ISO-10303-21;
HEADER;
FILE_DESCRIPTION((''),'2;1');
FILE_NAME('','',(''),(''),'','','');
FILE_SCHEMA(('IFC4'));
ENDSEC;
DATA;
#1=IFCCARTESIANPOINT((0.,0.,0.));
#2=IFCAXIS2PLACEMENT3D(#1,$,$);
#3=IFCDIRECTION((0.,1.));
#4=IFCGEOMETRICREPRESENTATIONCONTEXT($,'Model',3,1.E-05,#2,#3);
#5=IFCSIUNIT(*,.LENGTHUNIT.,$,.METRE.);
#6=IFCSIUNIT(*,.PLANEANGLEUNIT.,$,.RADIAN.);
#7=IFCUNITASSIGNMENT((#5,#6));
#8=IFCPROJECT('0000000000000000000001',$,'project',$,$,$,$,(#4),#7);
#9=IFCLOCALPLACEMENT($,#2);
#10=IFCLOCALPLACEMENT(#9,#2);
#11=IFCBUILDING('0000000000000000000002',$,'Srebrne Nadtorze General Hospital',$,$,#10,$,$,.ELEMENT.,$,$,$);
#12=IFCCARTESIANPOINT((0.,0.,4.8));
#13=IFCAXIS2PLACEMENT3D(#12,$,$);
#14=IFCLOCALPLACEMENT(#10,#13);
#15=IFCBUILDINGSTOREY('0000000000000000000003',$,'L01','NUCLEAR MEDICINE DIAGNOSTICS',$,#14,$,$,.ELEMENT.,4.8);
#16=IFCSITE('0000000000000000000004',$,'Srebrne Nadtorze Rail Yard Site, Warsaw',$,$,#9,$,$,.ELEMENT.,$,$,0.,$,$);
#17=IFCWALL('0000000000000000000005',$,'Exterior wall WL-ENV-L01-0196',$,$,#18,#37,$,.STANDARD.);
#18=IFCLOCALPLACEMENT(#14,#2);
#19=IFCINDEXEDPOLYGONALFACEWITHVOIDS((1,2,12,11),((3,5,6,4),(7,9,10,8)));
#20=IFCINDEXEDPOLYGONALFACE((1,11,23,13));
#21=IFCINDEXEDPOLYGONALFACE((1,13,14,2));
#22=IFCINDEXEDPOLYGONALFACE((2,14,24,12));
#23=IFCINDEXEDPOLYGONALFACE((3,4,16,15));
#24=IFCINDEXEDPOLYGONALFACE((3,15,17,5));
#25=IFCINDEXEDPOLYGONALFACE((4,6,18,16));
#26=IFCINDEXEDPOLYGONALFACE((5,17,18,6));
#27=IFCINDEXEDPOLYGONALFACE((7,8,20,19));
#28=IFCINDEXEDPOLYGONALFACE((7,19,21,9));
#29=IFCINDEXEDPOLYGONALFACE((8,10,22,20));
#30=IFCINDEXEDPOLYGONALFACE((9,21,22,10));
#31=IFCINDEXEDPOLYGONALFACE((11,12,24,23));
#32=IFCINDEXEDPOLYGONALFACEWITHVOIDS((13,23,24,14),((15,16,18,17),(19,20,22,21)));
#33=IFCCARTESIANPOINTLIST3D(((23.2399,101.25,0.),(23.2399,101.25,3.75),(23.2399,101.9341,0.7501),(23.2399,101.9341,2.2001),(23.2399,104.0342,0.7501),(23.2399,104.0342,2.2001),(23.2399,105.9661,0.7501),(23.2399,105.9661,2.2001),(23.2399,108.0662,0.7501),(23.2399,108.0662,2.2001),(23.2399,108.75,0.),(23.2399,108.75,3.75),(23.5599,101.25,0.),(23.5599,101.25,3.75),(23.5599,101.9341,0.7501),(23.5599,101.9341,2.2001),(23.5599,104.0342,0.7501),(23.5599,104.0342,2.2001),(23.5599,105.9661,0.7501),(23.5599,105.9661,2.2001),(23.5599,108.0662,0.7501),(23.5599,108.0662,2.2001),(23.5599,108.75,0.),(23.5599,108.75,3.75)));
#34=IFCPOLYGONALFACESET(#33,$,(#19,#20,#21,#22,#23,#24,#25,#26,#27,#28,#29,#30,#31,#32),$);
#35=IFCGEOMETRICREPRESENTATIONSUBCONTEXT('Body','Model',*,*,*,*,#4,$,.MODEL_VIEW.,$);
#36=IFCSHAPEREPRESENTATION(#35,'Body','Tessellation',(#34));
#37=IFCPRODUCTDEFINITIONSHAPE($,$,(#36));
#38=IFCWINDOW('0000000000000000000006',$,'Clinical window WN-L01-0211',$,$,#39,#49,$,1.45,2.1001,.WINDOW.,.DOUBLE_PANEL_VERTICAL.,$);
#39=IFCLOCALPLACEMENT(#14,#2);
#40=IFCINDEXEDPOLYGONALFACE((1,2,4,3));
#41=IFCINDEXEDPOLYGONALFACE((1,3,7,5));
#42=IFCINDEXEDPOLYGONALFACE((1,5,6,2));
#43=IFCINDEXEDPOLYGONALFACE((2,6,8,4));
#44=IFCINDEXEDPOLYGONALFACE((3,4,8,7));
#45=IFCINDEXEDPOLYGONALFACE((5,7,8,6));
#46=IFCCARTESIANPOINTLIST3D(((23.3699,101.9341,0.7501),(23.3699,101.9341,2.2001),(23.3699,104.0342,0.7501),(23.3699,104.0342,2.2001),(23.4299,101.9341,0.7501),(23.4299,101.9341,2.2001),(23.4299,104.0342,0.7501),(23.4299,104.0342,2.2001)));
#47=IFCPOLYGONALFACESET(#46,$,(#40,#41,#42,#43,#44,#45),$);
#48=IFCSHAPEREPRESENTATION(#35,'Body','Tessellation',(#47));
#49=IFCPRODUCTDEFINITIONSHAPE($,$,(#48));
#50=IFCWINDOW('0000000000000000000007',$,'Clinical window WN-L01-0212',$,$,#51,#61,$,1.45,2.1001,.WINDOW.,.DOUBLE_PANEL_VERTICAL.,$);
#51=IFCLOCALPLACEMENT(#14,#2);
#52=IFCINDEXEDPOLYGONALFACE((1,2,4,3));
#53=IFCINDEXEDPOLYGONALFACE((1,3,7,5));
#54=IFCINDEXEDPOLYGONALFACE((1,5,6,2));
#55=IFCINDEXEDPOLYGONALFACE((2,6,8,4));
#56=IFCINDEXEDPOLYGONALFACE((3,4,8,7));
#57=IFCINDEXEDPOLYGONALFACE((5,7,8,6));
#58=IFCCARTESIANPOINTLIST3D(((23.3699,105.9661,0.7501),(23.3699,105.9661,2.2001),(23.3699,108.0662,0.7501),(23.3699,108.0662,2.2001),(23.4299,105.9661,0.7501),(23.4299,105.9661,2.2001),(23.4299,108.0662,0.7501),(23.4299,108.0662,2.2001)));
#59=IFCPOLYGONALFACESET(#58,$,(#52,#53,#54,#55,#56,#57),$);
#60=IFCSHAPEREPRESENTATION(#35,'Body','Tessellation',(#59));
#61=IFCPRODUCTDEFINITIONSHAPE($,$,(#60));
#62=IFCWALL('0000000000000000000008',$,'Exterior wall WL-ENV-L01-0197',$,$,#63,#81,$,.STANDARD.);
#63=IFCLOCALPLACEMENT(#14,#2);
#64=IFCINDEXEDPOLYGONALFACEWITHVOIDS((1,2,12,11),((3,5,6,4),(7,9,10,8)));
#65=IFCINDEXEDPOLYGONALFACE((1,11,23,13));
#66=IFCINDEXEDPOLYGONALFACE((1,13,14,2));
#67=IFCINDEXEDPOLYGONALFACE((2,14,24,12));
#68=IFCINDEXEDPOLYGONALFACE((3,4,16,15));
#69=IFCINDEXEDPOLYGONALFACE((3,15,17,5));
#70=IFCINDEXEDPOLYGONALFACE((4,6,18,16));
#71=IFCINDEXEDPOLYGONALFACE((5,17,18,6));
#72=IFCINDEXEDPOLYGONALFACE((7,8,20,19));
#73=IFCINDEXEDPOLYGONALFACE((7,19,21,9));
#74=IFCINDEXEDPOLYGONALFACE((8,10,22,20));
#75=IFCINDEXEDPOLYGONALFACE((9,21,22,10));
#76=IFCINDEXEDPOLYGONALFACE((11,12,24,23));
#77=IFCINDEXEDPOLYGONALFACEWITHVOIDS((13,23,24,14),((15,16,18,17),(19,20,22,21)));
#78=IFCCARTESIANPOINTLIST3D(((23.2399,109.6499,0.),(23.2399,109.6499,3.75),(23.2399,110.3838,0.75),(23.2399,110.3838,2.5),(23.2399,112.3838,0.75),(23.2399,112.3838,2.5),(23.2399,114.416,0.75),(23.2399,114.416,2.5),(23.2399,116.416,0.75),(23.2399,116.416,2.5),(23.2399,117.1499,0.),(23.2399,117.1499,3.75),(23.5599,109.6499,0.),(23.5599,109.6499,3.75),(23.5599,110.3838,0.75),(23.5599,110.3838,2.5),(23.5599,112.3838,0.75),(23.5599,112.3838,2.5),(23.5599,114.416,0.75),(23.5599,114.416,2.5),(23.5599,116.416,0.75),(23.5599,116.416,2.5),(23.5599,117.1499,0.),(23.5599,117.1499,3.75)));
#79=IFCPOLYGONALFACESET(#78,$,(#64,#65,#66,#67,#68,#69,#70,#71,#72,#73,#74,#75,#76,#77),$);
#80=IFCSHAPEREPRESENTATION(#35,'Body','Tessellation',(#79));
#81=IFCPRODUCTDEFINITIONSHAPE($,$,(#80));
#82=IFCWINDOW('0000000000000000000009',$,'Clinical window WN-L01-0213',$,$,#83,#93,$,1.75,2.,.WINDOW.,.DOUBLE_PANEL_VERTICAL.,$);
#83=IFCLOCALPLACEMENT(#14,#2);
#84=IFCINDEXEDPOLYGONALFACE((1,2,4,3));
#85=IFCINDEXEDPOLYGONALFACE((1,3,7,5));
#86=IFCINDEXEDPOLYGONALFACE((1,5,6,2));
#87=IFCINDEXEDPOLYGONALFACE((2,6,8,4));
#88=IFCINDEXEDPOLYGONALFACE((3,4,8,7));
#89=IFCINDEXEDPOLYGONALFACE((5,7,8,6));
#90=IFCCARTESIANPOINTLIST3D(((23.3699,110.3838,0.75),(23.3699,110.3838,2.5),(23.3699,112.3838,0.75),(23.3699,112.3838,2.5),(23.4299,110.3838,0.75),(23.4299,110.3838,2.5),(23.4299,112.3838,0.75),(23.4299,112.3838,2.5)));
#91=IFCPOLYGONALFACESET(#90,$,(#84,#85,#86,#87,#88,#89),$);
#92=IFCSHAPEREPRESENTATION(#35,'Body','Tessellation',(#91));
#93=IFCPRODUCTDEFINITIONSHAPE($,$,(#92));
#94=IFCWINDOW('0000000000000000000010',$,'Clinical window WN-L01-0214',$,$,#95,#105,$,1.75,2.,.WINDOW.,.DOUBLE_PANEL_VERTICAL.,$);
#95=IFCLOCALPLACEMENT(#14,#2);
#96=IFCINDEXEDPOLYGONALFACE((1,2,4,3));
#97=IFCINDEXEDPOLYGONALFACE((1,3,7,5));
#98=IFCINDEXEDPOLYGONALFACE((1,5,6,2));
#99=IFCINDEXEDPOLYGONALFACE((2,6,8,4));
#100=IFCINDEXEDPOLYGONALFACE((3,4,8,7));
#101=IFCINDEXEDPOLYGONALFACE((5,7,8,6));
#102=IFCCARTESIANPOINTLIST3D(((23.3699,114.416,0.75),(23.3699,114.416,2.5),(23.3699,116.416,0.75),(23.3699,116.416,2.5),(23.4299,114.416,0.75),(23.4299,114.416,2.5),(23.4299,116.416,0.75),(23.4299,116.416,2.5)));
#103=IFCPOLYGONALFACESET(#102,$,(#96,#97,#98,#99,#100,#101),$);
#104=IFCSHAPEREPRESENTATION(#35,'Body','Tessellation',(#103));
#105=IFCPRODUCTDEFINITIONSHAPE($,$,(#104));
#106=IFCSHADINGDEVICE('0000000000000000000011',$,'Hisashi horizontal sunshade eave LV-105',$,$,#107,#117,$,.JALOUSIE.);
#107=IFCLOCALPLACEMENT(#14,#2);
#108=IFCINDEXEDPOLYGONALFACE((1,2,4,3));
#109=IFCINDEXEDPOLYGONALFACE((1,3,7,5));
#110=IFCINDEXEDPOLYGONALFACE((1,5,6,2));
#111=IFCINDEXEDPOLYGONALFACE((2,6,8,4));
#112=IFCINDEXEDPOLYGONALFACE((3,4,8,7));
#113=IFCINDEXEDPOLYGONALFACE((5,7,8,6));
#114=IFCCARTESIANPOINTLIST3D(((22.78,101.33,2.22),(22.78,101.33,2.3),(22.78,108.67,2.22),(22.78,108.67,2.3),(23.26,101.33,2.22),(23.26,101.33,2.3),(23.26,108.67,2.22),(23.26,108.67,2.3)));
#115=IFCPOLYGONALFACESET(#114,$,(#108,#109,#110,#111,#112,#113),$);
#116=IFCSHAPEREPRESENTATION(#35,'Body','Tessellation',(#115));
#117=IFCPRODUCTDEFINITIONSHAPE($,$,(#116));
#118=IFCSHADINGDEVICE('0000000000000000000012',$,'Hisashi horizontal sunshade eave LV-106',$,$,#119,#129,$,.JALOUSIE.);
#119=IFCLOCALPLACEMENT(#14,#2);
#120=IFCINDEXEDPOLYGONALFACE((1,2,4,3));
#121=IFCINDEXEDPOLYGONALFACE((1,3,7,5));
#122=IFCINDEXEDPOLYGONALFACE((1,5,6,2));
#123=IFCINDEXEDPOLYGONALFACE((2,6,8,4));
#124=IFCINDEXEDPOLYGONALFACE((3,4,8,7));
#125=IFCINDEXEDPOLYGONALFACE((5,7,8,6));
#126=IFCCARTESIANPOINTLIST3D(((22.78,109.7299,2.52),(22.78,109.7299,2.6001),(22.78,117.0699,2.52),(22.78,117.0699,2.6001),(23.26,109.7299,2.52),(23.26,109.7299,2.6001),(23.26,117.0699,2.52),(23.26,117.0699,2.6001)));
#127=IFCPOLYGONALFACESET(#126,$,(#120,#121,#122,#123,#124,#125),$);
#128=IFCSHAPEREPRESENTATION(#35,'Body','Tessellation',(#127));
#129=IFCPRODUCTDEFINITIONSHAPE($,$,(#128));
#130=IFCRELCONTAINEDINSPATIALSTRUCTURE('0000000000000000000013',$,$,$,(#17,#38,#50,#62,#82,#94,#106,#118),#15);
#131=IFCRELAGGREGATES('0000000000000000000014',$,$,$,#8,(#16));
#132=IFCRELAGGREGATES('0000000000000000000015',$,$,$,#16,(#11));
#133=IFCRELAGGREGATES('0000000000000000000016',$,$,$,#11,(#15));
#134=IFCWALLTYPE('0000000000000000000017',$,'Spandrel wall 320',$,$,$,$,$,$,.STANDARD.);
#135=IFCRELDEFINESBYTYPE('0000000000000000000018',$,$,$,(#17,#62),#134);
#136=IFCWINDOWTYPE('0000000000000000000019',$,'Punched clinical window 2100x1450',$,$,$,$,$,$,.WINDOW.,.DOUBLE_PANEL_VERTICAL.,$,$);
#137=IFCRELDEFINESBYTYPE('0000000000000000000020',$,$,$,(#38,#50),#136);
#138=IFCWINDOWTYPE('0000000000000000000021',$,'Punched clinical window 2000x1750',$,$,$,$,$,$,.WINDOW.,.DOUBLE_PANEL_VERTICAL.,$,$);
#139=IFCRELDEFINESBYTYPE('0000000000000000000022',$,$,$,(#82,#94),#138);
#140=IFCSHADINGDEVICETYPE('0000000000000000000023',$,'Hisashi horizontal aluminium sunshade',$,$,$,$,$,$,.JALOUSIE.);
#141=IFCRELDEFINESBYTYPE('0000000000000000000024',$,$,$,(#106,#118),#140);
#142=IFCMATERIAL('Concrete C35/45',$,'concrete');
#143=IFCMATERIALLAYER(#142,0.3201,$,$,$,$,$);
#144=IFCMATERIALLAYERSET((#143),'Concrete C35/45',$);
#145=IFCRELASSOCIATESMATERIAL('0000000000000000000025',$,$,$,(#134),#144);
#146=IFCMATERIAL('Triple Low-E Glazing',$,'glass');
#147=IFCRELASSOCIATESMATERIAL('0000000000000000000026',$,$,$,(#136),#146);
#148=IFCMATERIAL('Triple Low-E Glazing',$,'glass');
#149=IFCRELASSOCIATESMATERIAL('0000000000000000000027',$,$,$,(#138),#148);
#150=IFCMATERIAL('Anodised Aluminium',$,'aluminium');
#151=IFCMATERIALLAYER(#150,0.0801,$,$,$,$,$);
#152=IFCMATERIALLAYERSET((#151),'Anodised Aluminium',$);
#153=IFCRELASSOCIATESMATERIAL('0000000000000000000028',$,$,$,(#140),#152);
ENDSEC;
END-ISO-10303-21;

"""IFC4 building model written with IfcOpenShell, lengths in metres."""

from ifc_helpers import new_model, si_unit, direction, frame, frame_2d, origin, origin_2d, place, context, subcontext, project, spatial, rectangle, extrude, material, layer, layer_set, type_object, element, fill, save


model = new_model("IFC4")

# Units and contexts
model_context = context("Model", 3, precision=1e-05, world=origin(), true_north=direction((0.0, 1.0)))
body_context = subcontext(model_context, "Body", "Model", "MODEL_VIEW")
ifc_project = project(units=[si_unit("LENGTHUNIT", "METRE"), si_unit("PLANEANGLEUNIT", "RADIAN")], contexts=[model_context])

# Site, building, storey
site_placement = place(None, origin())
site = spatial("IfcSite", under=ifc_project, at=site_placement, Name="Srebrne Nadtorze Rail Yard Site, Warsaw", CompositionType="ELEMENT", RefElevation=0.0)
building_placement = place(site_placement, origin())
building = spatial("IfcBuilding", under=site, at=building_placement, Name="Srebrne Nadtorze General Hospital", CompositionType="ELEMENT")
storey_placement = place(building_placement, frame((0.0, 0.0, 4.8)))
storey = spatial("IfcBuildingStorey", under=building, at=storey_placement, Name="L01", Description="NUCLEAR MEDICINE DIAGNOSTICS", CompositionType="ELEMENT", Elevation=4.8)

# Walls, openings, windows
ifc_material_1 = material(Name="Concrete C35/45", Category="concrete")
ifc_layer_1 = layer(ifc_material_1, 0.3201)
ifc_layer_set_1 = layer_set([ifc_layer_1], Name="Concrete C35/45")
wall_type_1 = type_object("IfcWallType", Name="Spandrel wall 320", PredefinedType="STANDARD", material=ifc_layer_set_1)
wall_1_placement = place(storey_placement, frame((23.3999, 101.25, 0.0), z_axis=(0.0, 0.0, 1.0), x_axis=(0.0, 1.0, 0.0)))
wall_1 = element("IfcWall", 1, at=wall_1_placement, inside=storey, type_object=wall_type_1, Name="Exterior wall WL-ENV-L01-0196", PredefinedType="STANDARD", context=body_context, shape_type="SweptSolid", body=[
    extrude(rectangle(XDim=7.5, YDim=0.3201, at=frame_2d((3.75, 0.0))), origin(), (0.0, 0.0, 1.0), 3.75),
])
opening_1_placement = place(wall_1_placement, frame((0.6841, 0.0, 0.75)))
opening_1 = element("IfcOpeningElement", 2, at=opening_1_placement, cuts=wall_1, PredefinedType="OPENING", context=body_context, shape_type="SweptSolid", body=[
    extrude(rectangle(XDim=2.1001, YDim=1.45, at=frame_2d((1.05, 0.7251))), frame((0.0, 0.1719, 0.0), z_axis=(0.0, -1.0, 0.0), x_axis=(1.0, 0.0, 0.0)), (0.0, 0.0, 1.0), 0.344),
])
opening_2_placement = place(wall_1_placement, frame((4.7161, 0.0, 0.75)))
opening_2 = element("IfcOpeningElement", 3, at=opening_2_placement, cuts=wall_1, PredefinedType="OPENING", context=body_context, shape_type="SweptSolid", body=[
    extrude(rectangle(XDim=2.1001, YDim=1.45, at=frame_2d((1.05, 0.7251))), frame((0.0, 0.1719, 0.0), z_axis=(0.0, -1.0, 0.0), x_axis=(1.0, 0.0, 0.0)), (0.0, 0.0, 1.0), 0.344),
])
ifc_material_2 = material(Name="Triple Low-E Glazing", Category="glass")
window_type_1 = type_object("IfcWindowType", Name="Punched clinical window 2100x1450", PartitioningType="DOUBLE_PANEL_VERTICAL", PredefinedType="WINDOW", material=ifc_material_2)
window_1_placement = place(opening_1_placement, origin())
window_1 = element("IfcWindow", 4, at=window_1_placement, inside=storey, type_object=window_type_1, Name="Clinical window WN-L01-0211", OverallHeight=1.45, OverallWidth=2.1001, PartitioningType="DOUBLE_PANEL_VERTICAL", PredefinedType="WINDOW", context=body_context, shape_type="SweptSolid", body=[
    extrude(rectangle(XDim=2.1001, YDim=1.45, at=frame_2d((1.05, 0.7251))), frame((0.0, 0.03, 0.0), z_axis=(0.0, -1.0, 0.0), x_axis=(1.0, 0.0, 0.0)), (0.0, 0.0, 1.0), 0.0601),
])
fill(opening_1, window_1)
window_2_placement = place(opening_2_placement, origin())
window_2 = element("IfcWindow", 5, at=window_2_placement, inside=storey, type_object=window_type_1, Name="Clinical window WN-L01-0212", OverallHeight=1.45, OverallWidth=2.1001, PartitioningType="DOUBLE_PANEL_VERTICAL", PredefinedType="WINDOW", context=body_context, shape_type="SweptSolid", body=[
    extrude(rectangle(XDim=2.1001, YDim=1.45, at=frame_2d((1.05, 0.7251))), frame((0.0, 0.03, 0.0), z_axis=(0.0, -1.0, 0.0), x_axis=(1.0, 0.0, 0.0)), (0.0, 0.0, 1.0), 0.0601),
])
fill(opening_2, window_2)
wall_2_placement = place(storey_placement, frame((23.3999, 109.6499, 0.0), z_axis=(0.0, 0.0, 1.0), x_axis=(0.0, 1.0, 0.0)))
wall_2 = element("IfcWall", 6, at=wall_2_placement, inside=storey, type_object=wall_type_1, Name="Exterior wall WL-ENV-L01-0197", PredefinedType="STANDARD", context=body_context, shape_type="SweptSolid", body=[
    extrude(rectangle(XDim=7.5, YDim=0.3201, at=frame_2d((3.75, 0.0))), origin(), (0.0, 0.0, 1.0), 3.75),
])
opening_3_placement = place(wall_2_placement, frame((0.7339, 0.0, 0.75)))
opening_3 = element("IfcOpeningElement", 7, at=opening_3_placement, cuts=wall_2, PredefinedType="OPENING", context=body_context, shape_type="SweptSolid", body=[
    extrude(rectangle(XDim=2.0, YDim=1.75, at=frame_2d((1.0, 0.875))), frame((0.0, 0.1719, 0.0), z_axis=(0.0, -1.0, 0.0), x_axis=(1.0, 0.0, 0.0)), (0.0, 0.0, 1.0), 0.344),
])
opening_4_placement = place(wall_2_placement, frame((4.7661, 0.0, 0.75)))
opening_4 = element("IfcOpeningElement", 8, at=opening_4_placement, cuts=wall_2, PredefinedType="OPENING", context=body_context, shape_type="SweptSolid", body=[
    extrude(rectangle(XDim=2.0, YDim=1.75, at=frame_2d((1.0, 0.875))), frame((0.0, 0.1719, 0.0), z_axis=(0.0, -1.0, 0.0), x_axis=(1.0, 0.0, 0.0)), (0.0, 0.0, 1.0), 0.344),
])
ifc_material_3 = material(Name="Triple Low-E Glazing", Category="glass")
window_type_2 = type_object("IfcWindowType", Name="Punched clinical window 2000x1750", PartitioningType="DOUBLE_PANEL_VERTICAL", PredefinedType="WINDOW", material=ifc_material_3)
window_3_placement = place(opening_3_placement, origin())
window_3 = element("IfcWindow", 9, at=window_3_placement, inside=storey, type_object=window_type_2, Name="Clinical window WN-L01-0213", OverallHeight=1.75, OverallWidth=2.0, PartitioningType="DOUBLE_PANEL_VERTICAL", PredefinedType="WINDOW", context=body_context, shape_type="SweptSolid", body=[
    extrude(rectangle(XDim=2.0, YDim=1.75, at=frame_2d((1.0, 0.875))), frame((0.0, 0.03, 0.0), z_axis=(0.0, -1.0, 0.0), x_axis=(1.0, 0.0, 0.0)), (0.0, 0.0, 1.0), 0.0601),
])
fill(opening_3, window_3)
window_4_placement = place(opening_4_placement, origin())
window_4 = element("IfcWindow", 10, at=window_4_placement, inside=storey, type_object=window_type_2, Name="Clinical window WN-L01-0214", OverallHeight=1.75, OverallWidth=2.0, PartitioningType="DOUBLE_PANEL_VERTICAL", PredefinedType="WINDOW", context=body_context, shape_type="SweptSolid", body=[
    extrude(rectangle(XDim=2.0, YDim=1.75, at=frame_2d((1.0, 0.875))), frame((0.0, 0.03, 0.0), z_axis=(0.0, -1.0, 0.0), x_axis=(1.0, 0.0, 0.0)), (0.0, 0.0, 1.0), 0.0601),
])
fill(opening_4, window_4)

# Shading devices
ifc_material_4 = material(Name="Anodised Aluminium", Category="aluminium")
ifc_layer_2 = layer(ifc_material_4, 0.0801)
ifc_layer_set_2 = layer_set([ifc_layer_2], Name="Anodised Aluminium")
shading_device_type = type_object("IfcShadingDeviceType", Name="Hisashi horizontal aluminium sunshade", PredefinedType="JALOUSIE", material=ifc_layer_set_2)
for number, where, z_axis, x_axis, name in (
    (11, (23.02, 105.0, 2.22), (0.0, 0.0, 1.0), (1.0, 0.0, 0.0), "Hisashi horizontal sunshade eave LV-105"),
    (12, (23.02, 113.3999, 2.52), (0.0, 0.0, 1.0), (1.0, 0.0, 0.0), "Hisashi horizontal sunshade eave LV-106"),
):
    element("IfcShadingDevice", number, at=place(storey_placement, frame(where, z_axis=z_axis, x_axis=x_axis)), inside=storey, type_object=shading_device_type, Name=name, PredefinedType="JALOUSIE", context=body_context, shape_type="SweptSolid", body=[
        extrude(rectangle(XDim=0.48, YDim=7.3401, at=origin_2d()), origin(), (0.0, 0.0, 1.0), 0.0801),
    ])

save(model, "model.ifc")
